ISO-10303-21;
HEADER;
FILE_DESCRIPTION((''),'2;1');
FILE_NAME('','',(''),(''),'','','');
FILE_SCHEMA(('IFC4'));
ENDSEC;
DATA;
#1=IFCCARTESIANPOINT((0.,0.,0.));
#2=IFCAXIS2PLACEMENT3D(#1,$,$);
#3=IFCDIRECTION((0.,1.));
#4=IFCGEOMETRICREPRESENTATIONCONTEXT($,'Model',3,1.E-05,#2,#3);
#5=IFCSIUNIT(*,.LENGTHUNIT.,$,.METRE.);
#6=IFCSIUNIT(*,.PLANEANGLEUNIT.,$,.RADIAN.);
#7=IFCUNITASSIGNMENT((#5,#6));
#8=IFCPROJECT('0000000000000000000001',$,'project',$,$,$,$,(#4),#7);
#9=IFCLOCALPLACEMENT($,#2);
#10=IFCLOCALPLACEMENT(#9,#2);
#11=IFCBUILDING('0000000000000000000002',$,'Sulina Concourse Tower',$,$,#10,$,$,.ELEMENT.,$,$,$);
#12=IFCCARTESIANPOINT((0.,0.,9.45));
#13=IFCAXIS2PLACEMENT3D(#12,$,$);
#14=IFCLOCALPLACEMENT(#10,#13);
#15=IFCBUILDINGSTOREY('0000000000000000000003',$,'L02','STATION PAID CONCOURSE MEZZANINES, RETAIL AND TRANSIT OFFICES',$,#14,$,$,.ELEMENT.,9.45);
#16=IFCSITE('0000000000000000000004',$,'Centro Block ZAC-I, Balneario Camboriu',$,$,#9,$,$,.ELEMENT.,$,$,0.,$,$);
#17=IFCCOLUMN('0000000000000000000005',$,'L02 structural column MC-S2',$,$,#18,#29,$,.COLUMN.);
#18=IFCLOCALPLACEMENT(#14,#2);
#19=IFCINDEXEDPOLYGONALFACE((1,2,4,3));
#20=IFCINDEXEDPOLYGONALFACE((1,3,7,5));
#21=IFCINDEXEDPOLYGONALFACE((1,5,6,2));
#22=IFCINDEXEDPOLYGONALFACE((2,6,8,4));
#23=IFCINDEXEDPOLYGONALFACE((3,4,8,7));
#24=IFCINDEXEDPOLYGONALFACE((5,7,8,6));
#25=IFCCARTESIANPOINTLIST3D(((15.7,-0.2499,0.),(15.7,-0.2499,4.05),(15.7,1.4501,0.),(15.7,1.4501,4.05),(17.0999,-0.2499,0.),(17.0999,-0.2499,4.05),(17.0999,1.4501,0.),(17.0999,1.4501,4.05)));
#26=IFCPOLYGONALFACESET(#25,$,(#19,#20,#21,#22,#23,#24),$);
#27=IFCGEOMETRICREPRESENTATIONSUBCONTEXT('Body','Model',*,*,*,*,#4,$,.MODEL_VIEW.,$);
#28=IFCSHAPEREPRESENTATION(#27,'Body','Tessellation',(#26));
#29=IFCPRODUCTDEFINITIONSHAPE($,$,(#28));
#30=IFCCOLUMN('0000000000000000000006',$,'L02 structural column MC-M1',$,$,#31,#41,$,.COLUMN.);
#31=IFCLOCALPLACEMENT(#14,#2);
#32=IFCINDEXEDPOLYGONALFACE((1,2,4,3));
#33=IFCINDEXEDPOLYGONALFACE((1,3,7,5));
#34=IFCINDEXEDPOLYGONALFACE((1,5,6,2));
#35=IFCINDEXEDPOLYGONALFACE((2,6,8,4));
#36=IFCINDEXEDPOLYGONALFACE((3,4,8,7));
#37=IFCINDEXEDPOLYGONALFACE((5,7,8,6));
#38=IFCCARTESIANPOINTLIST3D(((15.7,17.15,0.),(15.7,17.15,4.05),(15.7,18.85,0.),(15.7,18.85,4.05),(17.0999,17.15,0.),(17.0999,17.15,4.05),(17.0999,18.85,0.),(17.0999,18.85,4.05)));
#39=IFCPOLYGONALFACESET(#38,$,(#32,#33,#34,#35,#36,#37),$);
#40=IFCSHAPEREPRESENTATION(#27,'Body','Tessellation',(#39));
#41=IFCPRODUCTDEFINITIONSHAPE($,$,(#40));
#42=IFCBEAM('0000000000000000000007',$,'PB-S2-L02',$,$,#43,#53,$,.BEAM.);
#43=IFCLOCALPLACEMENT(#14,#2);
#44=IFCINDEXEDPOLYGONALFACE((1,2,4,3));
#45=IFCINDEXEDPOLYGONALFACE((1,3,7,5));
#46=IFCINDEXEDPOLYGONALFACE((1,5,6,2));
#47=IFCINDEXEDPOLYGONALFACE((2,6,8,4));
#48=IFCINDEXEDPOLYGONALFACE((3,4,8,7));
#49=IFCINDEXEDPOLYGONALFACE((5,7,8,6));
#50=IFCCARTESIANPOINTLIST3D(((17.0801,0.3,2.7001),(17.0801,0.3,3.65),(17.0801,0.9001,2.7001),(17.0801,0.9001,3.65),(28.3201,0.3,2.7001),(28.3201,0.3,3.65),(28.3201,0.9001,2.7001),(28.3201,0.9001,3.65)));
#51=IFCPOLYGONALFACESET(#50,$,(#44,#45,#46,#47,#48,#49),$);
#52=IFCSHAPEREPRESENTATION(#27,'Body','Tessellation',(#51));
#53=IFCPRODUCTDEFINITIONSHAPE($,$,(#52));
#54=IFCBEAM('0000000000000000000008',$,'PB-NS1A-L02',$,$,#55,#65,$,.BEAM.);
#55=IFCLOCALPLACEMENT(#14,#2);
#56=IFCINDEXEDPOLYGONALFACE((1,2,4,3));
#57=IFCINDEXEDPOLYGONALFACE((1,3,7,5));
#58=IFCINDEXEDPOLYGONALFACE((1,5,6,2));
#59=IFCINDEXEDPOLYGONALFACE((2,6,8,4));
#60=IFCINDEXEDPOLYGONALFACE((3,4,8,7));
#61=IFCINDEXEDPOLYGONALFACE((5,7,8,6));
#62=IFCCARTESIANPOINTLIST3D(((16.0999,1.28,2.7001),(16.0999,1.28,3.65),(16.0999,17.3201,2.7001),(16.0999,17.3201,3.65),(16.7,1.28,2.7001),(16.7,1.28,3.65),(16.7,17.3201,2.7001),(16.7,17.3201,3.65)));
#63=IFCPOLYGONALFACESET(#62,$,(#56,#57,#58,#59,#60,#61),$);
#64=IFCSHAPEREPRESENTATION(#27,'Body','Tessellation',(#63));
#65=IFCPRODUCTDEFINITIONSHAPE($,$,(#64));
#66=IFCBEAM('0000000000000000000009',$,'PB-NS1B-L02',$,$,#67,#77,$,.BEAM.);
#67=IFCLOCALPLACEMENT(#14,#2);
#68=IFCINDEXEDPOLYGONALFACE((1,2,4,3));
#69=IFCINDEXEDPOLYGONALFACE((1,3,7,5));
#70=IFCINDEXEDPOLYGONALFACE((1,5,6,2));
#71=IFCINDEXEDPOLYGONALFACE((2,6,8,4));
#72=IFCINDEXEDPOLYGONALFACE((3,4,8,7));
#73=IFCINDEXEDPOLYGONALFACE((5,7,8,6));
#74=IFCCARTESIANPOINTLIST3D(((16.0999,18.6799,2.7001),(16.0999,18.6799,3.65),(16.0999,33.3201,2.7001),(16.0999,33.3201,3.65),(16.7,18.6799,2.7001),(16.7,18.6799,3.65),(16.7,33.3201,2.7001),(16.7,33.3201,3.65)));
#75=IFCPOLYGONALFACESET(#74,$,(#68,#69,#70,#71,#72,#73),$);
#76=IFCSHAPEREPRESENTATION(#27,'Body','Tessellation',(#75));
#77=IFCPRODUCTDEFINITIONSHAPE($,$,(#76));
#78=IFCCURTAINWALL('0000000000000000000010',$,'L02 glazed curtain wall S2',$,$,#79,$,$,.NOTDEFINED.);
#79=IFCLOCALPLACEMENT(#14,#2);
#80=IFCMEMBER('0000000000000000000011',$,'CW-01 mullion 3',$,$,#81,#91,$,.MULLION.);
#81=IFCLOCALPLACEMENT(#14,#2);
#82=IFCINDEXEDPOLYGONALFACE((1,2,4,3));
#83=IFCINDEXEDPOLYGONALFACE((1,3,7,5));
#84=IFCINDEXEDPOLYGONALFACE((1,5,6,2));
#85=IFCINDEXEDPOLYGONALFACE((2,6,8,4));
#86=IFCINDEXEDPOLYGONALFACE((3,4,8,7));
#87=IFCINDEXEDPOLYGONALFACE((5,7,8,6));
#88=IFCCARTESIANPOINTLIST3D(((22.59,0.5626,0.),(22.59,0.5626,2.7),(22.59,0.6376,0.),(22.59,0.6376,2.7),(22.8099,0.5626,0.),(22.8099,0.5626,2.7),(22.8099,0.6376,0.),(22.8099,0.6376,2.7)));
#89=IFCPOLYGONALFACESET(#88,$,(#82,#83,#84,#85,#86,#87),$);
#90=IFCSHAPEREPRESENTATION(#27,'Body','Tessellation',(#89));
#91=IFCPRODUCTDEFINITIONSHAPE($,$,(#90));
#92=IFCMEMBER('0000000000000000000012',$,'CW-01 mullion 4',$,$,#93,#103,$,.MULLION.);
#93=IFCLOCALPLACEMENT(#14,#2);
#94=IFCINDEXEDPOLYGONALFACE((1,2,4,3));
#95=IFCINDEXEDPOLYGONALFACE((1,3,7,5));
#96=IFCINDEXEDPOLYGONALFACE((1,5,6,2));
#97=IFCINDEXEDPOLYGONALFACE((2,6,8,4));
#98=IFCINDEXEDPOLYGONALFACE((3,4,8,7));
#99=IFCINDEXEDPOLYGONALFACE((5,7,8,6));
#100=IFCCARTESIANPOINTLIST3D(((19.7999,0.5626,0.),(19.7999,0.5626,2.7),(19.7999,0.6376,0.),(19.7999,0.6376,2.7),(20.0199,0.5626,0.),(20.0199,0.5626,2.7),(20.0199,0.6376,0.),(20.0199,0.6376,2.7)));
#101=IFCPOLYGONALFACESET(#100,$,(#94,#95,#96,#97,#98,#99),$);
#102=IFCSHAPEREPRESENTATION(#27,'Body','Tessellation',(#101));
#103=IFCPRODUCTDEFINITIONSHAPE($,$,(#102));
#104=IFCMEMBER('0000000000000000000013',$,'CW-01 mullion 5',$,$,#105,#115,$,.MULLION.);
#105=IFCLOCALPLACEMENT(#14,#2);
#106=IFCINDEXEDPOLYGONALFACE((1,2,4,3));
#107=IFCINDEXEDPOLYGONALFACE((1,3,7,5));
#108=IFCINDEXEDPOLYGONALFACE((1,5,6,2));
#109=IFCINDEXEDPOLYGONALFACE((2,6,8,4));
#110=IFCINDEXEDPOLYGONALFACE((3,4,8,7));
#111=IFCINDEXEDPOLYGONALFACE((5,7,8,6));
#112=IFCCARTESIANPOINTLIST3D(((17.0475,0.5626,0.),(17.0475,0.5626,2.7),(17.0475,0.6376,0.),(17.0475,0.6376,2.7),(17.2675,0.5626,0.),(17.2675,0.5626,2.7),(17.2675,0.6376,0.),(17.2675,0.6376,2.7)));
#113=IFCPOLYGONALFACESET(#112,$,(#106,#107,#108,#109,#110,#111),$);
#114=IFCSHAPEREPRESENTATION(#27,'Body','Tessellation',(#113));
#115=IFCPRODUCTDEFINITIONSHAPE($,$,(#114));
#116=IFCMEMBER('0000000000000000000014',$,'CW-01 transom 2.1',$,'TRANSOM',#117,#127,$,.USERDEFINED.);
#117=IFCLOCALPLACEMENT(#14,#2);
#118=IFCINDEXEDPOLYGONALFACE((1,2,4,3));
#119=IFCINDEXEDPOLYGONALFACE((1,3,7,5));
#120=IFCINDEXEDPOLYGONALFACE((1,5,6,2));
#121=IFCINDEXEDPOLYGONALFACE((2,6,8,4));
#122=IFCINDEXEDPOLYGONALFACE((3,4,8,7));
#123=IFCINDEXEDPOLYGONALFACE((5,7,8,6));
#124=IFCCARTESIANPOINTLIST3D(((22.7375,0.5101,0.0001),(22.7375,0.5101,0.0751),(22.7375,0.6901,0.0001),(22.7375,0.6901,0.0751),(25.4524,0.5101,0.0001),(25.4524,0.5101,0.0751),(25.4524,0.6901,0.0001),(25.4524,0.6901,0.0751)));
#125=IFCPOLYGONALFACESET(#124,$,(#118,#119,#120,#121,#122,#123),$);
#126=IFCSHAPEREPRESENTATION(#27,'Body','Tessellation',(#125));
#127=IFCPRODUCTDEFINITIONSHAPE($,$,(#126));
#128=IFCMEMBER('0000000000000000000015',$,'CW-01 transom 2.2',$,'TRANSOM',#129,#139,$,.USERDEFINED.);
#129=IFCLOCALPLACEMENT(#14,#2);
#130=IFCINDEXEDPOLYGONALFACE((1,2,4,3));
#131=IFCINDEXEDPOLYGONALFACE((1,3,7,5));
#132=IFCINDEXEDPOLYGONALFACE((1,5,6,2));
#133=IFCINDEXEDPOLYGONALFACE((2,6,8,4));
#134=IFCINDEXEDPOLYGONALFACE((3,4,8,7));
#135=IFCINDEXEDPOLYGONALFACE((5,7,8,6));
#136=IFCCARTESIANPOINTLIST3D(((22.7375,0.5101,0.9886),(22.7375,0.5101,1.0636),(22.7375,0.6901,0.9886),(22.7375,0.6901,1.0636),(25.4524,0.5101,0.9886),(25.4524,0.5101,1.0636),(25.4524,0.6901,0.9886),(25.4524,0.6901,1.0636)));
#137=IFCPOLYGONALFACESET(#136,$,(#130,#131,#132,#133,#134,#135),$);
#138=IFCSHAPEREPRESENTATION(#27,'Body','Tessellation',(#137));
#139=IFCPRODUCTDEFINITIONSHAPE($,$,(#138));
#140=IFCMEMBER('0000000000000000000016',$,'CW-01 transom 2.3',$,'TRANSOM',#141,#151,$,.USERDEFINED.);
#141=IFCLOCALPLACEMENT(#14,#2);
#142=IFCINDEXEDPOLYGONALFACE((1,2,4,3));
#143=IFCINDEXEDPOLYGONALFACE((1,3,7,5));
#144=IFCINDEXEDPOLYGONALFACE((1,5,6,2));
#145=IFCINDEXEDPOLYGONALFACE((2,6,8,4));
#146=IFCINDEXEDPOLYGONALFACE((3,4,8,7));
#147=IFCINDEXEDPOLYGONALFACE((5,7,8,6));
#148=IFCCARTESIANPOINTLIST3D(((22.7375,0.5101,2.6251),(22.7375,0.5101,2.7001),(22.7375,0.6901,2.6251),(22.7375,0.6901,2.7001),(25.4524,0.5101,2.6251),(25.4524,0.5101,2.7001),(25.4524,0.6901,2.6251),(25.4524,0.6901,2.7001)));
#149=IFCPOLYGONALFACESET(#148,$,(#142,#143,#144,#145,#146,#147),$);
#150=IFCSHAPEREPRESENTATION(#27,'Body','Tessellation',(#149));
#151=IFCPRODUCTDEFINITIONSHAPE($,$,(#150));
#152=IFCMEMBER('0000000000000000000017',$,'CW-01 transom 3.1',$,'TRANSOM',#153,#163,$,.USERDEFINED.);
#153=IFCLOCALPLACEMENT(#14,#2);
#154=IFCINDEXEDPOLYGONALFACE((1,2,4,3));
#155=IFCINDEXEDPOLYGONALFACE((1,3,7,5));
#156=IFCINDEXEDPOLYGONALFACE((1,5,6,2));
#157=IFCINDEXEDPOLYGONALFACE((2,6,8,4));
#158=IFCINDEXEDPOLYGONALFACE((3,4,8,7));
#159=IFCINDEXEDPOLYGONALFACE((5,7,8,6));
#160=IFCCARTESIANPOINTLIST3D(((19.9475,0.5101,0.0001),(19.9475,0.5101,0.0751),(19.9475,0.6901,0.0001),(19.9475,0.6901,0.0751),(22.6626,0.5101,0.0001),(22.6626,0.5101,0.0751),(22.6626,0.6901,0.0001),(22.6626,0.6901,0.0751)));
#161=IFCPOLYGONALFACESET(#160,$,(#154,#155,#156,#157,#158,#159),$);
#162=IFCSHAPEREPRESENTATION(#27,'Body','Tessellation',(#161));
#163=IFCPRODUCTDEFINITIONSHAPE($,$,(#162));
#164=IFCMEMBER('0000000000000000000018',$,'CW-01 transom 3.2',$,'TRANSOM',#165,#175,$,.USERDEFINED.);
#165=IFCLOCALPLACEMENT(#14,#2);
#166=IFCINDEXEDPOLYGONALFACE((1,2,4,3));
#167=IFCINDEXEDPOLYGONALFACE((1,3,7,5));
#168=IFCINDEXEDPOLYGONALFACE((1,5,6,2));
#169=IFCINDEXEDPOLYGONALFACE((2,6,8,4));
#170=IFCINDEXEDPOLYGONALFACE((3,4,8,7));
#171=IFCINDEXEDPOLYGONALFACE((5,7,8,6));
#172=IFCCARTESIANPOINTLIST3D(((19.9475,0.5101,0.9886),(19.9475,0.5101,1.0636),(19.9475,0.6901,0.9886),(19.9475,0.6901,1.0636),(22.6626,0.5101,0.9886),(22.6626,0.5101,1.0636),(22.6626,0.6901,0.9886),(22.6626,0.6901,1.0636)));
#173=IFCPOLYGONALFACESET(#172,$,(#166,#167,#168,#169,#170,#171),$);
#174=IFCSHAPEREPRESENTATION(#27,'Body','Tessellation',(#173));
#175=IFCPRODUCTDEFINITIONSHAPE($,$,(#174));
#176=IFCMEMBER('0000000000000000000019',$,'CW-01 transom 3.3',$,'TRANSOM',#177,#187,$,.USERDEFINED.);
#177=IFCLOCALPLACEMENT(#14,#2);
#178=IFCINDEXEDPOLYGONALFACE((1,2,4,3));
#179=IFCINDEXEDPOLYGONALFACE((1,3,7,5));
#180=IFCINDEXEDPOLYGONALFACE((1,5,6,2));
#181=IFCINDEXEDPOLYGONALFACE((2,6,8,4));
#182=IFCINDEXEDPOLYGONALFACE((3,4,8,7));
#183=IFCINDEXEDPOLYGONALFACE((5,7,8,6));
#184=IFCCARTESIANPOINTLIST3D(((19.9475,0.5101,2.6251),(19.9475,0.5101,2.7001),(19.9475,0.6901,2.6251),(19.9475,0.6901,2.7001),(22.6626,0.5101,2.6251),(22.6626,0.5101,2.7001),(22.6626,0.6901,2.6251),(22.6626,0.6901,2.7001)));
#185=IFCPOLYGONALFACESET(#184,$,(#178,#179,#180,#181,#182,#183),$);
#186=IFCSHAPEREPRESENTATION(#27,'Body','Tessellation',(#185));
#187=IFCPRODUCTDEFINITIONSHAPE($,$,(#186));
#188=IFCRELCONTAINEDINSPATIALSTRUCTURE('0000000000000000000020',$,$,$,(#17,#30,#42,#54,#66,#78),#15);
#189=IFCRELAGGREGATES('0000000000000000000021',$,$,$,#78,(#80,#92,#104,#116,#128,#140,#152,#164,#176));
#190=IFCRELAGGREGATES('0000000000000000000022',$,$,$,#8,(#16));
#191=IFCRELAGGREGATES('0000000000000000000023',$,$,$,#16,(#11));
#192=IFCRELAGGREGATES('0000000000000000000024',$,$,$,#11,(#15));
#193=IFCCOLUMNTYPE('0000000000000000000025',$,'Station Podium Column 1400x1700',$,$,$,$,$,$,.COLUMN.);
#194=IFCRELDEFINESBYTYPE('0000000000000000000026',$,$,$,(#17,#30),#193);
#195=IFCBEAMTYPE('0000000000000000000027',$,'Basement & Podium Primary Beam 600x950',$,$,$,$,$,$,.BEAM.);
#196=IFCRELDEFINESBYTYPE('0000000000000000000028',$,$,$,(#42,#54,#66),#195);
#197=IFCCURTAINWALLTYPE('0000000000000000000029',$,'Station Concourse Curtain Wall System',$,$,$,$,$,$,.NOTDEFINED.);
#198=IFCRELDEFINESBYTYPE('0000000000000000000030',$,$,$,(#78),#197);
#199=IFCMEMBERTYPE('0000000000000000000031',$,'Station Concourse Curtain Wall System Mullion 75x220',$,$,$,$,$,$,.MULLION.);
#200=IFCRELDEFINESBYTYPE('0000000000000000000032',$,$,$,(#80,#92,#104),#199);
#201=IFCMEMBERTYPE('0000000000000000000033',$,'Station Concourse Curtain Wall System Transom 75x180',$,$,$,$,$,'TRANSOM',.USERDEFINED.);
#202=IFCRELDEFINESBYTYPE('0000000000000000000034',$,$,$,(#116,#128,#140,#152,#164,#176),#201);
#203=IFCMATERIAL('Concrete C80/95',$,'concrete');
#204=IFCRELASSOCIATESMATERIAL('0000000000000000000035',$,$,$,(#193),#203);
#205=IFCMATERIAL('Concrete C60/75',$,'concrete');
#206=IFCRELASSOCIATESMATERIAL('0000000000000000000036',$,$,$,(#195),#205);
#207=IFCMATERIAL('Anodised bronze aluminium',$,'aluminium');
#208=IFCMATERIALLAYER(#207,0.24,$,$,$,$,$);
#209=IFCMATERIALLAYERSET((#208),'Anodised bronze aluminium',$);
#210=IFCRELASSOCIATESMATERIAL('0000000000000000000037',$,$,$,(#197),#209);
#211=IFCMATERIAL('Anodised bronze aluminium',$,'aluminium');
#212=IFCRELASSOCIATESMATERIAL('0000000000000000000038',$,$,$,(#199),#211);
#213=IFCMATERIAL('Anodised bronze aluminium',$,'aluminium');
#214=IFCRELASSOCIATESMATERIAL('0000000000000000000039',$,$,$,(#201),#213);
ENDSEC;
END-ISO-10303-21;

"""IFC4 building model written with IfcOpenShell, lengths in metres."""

from ifc_helpers import new_model, si_unit, direction, frame, origin, origin_2d, place, context, subcontext, project, spatial, rectangle, extrude, material, layer, layer_set, material_profile, profile_set, type_object, element, aggregate, save


model = new_model("IFC4")

# Units and contexts
model_context = context("Model", 3, precision=1e-05, world=origin(), true_north=direction((0.0, 1.0)))
body_context = subcontext(model_context, "Body", "Model", "MODEL_VIEW")
ifc_project = project(units=[si_unit("LENGTHUNIT", "METRE"), si_unit("PLANEANGLEUNIT", "RADIAN")], contexts=[model_context])

# Site, building, storey
site_placement = place(None, origin())
site = spatial("IfcSite", under=ifc_project, at=site_placement, Name="Centro Block ZAC-I, Balneario Camboriu", CompositionType="ELEMENT", RefElevation=0.0)
building_placement = place(site_placement, origin())
building = spatial("IfcBuilding", under=site, at=building_placement, Name="Sulina Concourse Tower", CompositionType="ELEMENT")
storey_placement = place(building_placement, frame((0.0, 0.0, 9.45)))
storey = spatial("IfcBuildingStorey", under=building, at=storey_placement, Name="L02", Description="STATION PAID CONCOURSE MEZZANINES, RETAIL AND TRANSIT OFFICES", CompositionType="ELEMENT", Elevation=9.45)

# Columns
ifc_material_1 = material(Name="Concrete C80/95", Category="concrete")
ifc_material_profile_1 = material_profile(ifc_material_1, rectangle(XDim=1.3999, YDim=1.7, at=origin_2d()), Name="RC 1400x1700")
ifc_profile_set_1 = profile_set([ifc_material_profile_1], Name="Concrete C80/95")
column_type = type_object("IfcColumnType", Name="Station Podium Column 1400x1700", PredefinedType="COLUMN", material=ifc_profile_set_1)
for number, where, z_axis, x_axis, name in (
    (1, (16.3999, 0.6001, 0.0), (0.0, 0.0, 1.0), (1.0, 0.0, 0.0), "L02 structural column MC-S2"),
    (2, (16.3999, 18.0, 0.0), (0.0, 0.0, 1.0), (1.0, 0.0, 0.0), "L02 structural column MC-M1"),
):
    element("IfcColumn", number, at=place(storey_placement, frame(where, z_axis=z_axis, x_axis=x_axis)), inside=storey, type_object=column_type, Name=name, PredefinedType="COLUMN", context=body_context, shape_type="SweptSolid", body=[
        extrude(rectangle(XDim=1.3999, YDim=1.7, at=origin_2d()), origin(), (0.0, 0.0, 1.0), 4.05),
    ])

# Beams
ifc_material_2 = material(Name="Concrete C60/75", Category="concrete")
ifc_material_profile_2 = material_profile(ifc_material_2, rectangle(XDim=0.6001, YDim=0.95, at=origin_2d()), Name="RC 600x950")
ifc_profile_set_2 = profile_set([ifc_material_profile_2], Name="Concrete C60/75")
beam_type = type_object("IfcBeamType", Name="Basement & Podium Primary Beam 600x950", PredefinedType="BEAM", material=ifc_profile_set_2)
beam_1_placement = place(storey_placement, frame((17.0801, 0.6001, 3.175), z_axis=(1.0, 0.0, 0.0), x_axis=(0.0, 1.0, 0.0)))
element("IfcBeam", 3, at=beam_1_placement, inside=storey, type_object=beam_type, Name="PB-S2-L02", PredefinedType="BEAM", context=body_context, shape_type="SweptSolid", body=[
    extrude(rectangle(XDim=0.6001, YDim=0.95, at=origin_2d()), origin(), (0.0, 0.0, 1.0), 11.24),
])
beam_2_placement = place(storey_placement, frame((16.3999, 1.28, 3.175), z_axis=(0.0, 1.0, 0.0), x_axis=(-1.0, 0.0, 0.0)))
element("IfcBeam", 4, at=beam_2_placement, inside=storey, type_object=beam_type, Name="PB-NS1A-L02", PredefinedType="BEAM", context=body_context, shape_type="SweptSolid", body=[
    extrude(rectangle(XDim=0.6001, YDim=0.95, at=origin_2d()), origin(), (0.0, 0.0, 1.0), 16.04),
])
beam_3_placement = place(storey_placement, frame((16.3999, 18.6799, 3.175), z_axis=(0.0, 1.0, 0.0), x_axis=(-1.0, 0.0, 0.0)))
element("IfcBeam", 5, at=beam_3_placement, inside=storey, type_object=beam_type, Name="PB-NS1B-L02", PredefinedType="BEAM", context=body_context, shape_type="SweptSolid", body=[
    extrude(rectangle(XDim=0.6001, YDim=0.95, at=origin_2d()), origin(), (0.0, 0.0, 1.0), 14.6401),
])

# Curtain wall, members
ifc_material_3 = material(Name="Anodised bronze aluminium", Category="aluminium")
ifc_layer_1 = layer(ifc_material_3, 0.24)
ifc_layer_set_1 = layer_set([ifc_layer_1], Name="Anodised bronze aluminium")
curtain_wall_type = type_object("IfcCurtainWallType", Name="Station Concourse Curtain Wall System", PredefinedType="NOTDEFINED", material=ifc_layer_set_1)
curtain_wall_placement = place(storey_placement, origin())
curtain_wall = element("IfcCurtainWall", 6, at=curtain_wall_placement, inside=storey, type_object=curtain_wall_type, Name="L02 glazed curtain wall S2", PredefinedType="NOTDEFINED")
ifc_material_4 = material(Name="Anodised bronze aluminium", Category="aluminium")
ifc_material_profile_3 = material_profile(ifc_material_4, rectangle(XDim=0.075, YDim=0.22, at=origin_2d()), Name="MUL 75x220")
ifc_profile_set_3 = profile_set([ifc_material_profile_3], Name="Anodised bronze aluminium")
member_type_1 = type_object("IfcMemberType", Name="Station Concourse Curtain Wall System Mullion 75x220", PredefinedType="MULLION", material=ifc_profile_set_3)
member_1_placement = place(storey_placement, frame((22.7, 0.6001, 0.0), z_axis=(0.0, 0.0, 1.0), x_axis=(0.0, -1.0, 0.0)))
member_1 = element("IfcMember", 7, at=member_1_placement, type_object=member_type_1, Name="CW-01 mullion 3", PredefinedType="MULLION", context=body_context, shape_type="SweptSolid", body=[
    extrude(rectangle(XDim=0.075, YDim=0.22, at=origin_2d()), origin(), (0.0, 0.0, 1.0), 2.7),
])
member_2_placement = place(storey_placement, frame((19.9099, 0.6001, 0.0), z_axis=(0.0, 0.0, 1.0), x_axis=(0.0, -1.0, 0.0)))
member_2 = element("IfcMember", 8, at=member_2_placement, type_object=member_type_1, Name="CW-01 mullion 4", PredefinedType="MULLION", context=body_context, shape_type="SweptSolid", body=[
    extrude(rectangle(XDim=0.075, YDim=0.22, at=origin_2d()), origin(), (0.0, 0.0, 1.0), 2.7),
])
member_3_placement = place(storey_placement, frame((17.1575, 0.6001, 0.0), z_axis=(0.0, 0.0, 1.0), x_axis=(0.0, -1.0, 0.0)))
member_3 = element("IfcMember", 9, at=member_3_placement, type_object=member_type_1, Name="CW-01 mullion 5", PredefinedType="MULLION", context=body_context, shape_type="SweptSolid", body=[
    extrude(rectangle(XDim=0.075, YDim=0.22, at=origin_2d()), origin(), (0.0, 0.0, 1.0), 2.7),
])
ifc_material_5 = material(Name="Anodised bronze aluminium", Category="aluminium")
ifc_material_profile_4 = material_profile(ifc_material_5, rectangle(XDim=0.1799, YDim=0.075, at=origin_2d()), Name="TRN 75x180")
ifc_profile_set_4 = profile_set([ifc_material_profile_4], Name="Anodised bronze aluminium")
member_type_2 = type_object("IfcMemberType", Name="Station Concourse Curtain Wall System Transom 75x180", ElementType="TRANSOM", PredefinedType="USERDEFINED", material=ifc_profile_set_4)
member_4_placement = place(storey_placement, frame((25.4524, 0.6001, 0.0376), z_axis=(-1.0, 0.0, 0.0), x_axis=(0.0, -1.0, 0.0)))
member_4 = element("IfcMember", 10, at=member_4_placement, type_object=member_type_2, Name="CW-01 transom 2.1", ObjectType="TRANSOM", PredefinedType="USERDEFINED", context=body_context, shape_type="SweptSolid", body=[
    extrude(rectangle(XDim=0.1799, YDim=0.075, at=origin_2d()), origin(), (0.0, 0.0, 1.0), 2.7148),
])
member_5_placement = place(storey_placement, frame((25.4524, 0.6001, 1.0261), z_axis=(-1.0, 0.0, 0.0), x_axis=(0.0, -1.0, 0.0)))
member_5 = element("IfcMember", 11, at=member_5_placement, type_object=member_type_2, Name="CW-01 transom 2.2", ObjectType="TRANSOM", PredefinedType="USERDEFINED", context=body_context, shape_type="SweptSolid", body=[
    extrude(rectangle(XDim=0.1799, YDim=0.075, at=origin_2d()), origin(), (0.0, 0.0, 1.0), 2.7148),
])
member_6_placement = place(storey_placement, frame((25.4524, 0.6001, 2.6626), z_axis=(-1.0, 0.0, 0.0), x_axis=(0.0, -1.0, 0.0)))
member_6 = element("IfcMember", 12, at=member_6_placement, type_object=member_type_2, Name="CW-01 transom 2.3", ObjectType="TRANSOM", PredefinedType="USERDEFINED", context=body_context, shape_type="SweptSolid", body=[
    extrude(rectangle(XDim=0.1799, YDim=0.075, at=origin_2d()), origin(), (0.0, 0.0, 1.0), 2.7148),
])
member_7_placement = place(storey_placement, frame((22.6626, 0.6001, 0.0376), z_axis=(-1.0, 0.0, 0.0), x_axis=(0.0, -1.0, 0.0)))
member_7 = element("IfcMember", 13, at=member_7_placement, type_object=member_type_2, Name="CW-01 transom 3.1", ObjectType="TRANSOM", PredefinedType="USERDEFINED", context=body_context, shape_type="SweptSolid", body=[
    extrude(rectangle(XDim=0.1799, YDim=0.075, at=origin_2d()), origin(), (0.0, 0.0, 1.0), 2.7151),
])
member_8_placement = place(storey_placement, frame((22.6626, 0.6001, 1.0261), z_axis=(-1.0, 0.0, 0.0), x_axis=(0.0, -1.0, 0.0)))
member_8 = element("IfcMember", 14, at=member_8_placement, type_object=member_type_2, Name="CW-01 transom 3.2", ObjectType="TRANSOM", PredefinedType="USERDEFINED", context=body_context, shape_type="SweptSolid", body=[
    extrude(rectangle(XDim=0.1799, YDim=0.075, at=origin_2d()), origin(), (0.0, 0.0, 1.0), 2.7151),
])
member_9_placement = place(storey_placement, frame((22.6626, 0.6001, 2.6626), z_axis=(-1.0, 0.0, 0.0), x_axis=(0.0, -1.0, 0.0)))
member_9 = element("IfcMember", 15, at=member_9_placement, type_object=member_type_2, Name="CW-01 transom 3.3", ObjectType="TRANSOM", PredefinedType="USERDEFINED", context=body_context, shape_type="SweptSolid", body=[
    extrude(rectangle(XDim=0.1799, YDim=0.075, at=origin_2d()), origin(), (0.0, 0.0, 1.0), 2.7151),
])
aggregate(curtain_wall, [member_1, member_2, member_3, member_4, member_5, member_6, member_7, member_8, member_9])

save(model, "model.ifc")
